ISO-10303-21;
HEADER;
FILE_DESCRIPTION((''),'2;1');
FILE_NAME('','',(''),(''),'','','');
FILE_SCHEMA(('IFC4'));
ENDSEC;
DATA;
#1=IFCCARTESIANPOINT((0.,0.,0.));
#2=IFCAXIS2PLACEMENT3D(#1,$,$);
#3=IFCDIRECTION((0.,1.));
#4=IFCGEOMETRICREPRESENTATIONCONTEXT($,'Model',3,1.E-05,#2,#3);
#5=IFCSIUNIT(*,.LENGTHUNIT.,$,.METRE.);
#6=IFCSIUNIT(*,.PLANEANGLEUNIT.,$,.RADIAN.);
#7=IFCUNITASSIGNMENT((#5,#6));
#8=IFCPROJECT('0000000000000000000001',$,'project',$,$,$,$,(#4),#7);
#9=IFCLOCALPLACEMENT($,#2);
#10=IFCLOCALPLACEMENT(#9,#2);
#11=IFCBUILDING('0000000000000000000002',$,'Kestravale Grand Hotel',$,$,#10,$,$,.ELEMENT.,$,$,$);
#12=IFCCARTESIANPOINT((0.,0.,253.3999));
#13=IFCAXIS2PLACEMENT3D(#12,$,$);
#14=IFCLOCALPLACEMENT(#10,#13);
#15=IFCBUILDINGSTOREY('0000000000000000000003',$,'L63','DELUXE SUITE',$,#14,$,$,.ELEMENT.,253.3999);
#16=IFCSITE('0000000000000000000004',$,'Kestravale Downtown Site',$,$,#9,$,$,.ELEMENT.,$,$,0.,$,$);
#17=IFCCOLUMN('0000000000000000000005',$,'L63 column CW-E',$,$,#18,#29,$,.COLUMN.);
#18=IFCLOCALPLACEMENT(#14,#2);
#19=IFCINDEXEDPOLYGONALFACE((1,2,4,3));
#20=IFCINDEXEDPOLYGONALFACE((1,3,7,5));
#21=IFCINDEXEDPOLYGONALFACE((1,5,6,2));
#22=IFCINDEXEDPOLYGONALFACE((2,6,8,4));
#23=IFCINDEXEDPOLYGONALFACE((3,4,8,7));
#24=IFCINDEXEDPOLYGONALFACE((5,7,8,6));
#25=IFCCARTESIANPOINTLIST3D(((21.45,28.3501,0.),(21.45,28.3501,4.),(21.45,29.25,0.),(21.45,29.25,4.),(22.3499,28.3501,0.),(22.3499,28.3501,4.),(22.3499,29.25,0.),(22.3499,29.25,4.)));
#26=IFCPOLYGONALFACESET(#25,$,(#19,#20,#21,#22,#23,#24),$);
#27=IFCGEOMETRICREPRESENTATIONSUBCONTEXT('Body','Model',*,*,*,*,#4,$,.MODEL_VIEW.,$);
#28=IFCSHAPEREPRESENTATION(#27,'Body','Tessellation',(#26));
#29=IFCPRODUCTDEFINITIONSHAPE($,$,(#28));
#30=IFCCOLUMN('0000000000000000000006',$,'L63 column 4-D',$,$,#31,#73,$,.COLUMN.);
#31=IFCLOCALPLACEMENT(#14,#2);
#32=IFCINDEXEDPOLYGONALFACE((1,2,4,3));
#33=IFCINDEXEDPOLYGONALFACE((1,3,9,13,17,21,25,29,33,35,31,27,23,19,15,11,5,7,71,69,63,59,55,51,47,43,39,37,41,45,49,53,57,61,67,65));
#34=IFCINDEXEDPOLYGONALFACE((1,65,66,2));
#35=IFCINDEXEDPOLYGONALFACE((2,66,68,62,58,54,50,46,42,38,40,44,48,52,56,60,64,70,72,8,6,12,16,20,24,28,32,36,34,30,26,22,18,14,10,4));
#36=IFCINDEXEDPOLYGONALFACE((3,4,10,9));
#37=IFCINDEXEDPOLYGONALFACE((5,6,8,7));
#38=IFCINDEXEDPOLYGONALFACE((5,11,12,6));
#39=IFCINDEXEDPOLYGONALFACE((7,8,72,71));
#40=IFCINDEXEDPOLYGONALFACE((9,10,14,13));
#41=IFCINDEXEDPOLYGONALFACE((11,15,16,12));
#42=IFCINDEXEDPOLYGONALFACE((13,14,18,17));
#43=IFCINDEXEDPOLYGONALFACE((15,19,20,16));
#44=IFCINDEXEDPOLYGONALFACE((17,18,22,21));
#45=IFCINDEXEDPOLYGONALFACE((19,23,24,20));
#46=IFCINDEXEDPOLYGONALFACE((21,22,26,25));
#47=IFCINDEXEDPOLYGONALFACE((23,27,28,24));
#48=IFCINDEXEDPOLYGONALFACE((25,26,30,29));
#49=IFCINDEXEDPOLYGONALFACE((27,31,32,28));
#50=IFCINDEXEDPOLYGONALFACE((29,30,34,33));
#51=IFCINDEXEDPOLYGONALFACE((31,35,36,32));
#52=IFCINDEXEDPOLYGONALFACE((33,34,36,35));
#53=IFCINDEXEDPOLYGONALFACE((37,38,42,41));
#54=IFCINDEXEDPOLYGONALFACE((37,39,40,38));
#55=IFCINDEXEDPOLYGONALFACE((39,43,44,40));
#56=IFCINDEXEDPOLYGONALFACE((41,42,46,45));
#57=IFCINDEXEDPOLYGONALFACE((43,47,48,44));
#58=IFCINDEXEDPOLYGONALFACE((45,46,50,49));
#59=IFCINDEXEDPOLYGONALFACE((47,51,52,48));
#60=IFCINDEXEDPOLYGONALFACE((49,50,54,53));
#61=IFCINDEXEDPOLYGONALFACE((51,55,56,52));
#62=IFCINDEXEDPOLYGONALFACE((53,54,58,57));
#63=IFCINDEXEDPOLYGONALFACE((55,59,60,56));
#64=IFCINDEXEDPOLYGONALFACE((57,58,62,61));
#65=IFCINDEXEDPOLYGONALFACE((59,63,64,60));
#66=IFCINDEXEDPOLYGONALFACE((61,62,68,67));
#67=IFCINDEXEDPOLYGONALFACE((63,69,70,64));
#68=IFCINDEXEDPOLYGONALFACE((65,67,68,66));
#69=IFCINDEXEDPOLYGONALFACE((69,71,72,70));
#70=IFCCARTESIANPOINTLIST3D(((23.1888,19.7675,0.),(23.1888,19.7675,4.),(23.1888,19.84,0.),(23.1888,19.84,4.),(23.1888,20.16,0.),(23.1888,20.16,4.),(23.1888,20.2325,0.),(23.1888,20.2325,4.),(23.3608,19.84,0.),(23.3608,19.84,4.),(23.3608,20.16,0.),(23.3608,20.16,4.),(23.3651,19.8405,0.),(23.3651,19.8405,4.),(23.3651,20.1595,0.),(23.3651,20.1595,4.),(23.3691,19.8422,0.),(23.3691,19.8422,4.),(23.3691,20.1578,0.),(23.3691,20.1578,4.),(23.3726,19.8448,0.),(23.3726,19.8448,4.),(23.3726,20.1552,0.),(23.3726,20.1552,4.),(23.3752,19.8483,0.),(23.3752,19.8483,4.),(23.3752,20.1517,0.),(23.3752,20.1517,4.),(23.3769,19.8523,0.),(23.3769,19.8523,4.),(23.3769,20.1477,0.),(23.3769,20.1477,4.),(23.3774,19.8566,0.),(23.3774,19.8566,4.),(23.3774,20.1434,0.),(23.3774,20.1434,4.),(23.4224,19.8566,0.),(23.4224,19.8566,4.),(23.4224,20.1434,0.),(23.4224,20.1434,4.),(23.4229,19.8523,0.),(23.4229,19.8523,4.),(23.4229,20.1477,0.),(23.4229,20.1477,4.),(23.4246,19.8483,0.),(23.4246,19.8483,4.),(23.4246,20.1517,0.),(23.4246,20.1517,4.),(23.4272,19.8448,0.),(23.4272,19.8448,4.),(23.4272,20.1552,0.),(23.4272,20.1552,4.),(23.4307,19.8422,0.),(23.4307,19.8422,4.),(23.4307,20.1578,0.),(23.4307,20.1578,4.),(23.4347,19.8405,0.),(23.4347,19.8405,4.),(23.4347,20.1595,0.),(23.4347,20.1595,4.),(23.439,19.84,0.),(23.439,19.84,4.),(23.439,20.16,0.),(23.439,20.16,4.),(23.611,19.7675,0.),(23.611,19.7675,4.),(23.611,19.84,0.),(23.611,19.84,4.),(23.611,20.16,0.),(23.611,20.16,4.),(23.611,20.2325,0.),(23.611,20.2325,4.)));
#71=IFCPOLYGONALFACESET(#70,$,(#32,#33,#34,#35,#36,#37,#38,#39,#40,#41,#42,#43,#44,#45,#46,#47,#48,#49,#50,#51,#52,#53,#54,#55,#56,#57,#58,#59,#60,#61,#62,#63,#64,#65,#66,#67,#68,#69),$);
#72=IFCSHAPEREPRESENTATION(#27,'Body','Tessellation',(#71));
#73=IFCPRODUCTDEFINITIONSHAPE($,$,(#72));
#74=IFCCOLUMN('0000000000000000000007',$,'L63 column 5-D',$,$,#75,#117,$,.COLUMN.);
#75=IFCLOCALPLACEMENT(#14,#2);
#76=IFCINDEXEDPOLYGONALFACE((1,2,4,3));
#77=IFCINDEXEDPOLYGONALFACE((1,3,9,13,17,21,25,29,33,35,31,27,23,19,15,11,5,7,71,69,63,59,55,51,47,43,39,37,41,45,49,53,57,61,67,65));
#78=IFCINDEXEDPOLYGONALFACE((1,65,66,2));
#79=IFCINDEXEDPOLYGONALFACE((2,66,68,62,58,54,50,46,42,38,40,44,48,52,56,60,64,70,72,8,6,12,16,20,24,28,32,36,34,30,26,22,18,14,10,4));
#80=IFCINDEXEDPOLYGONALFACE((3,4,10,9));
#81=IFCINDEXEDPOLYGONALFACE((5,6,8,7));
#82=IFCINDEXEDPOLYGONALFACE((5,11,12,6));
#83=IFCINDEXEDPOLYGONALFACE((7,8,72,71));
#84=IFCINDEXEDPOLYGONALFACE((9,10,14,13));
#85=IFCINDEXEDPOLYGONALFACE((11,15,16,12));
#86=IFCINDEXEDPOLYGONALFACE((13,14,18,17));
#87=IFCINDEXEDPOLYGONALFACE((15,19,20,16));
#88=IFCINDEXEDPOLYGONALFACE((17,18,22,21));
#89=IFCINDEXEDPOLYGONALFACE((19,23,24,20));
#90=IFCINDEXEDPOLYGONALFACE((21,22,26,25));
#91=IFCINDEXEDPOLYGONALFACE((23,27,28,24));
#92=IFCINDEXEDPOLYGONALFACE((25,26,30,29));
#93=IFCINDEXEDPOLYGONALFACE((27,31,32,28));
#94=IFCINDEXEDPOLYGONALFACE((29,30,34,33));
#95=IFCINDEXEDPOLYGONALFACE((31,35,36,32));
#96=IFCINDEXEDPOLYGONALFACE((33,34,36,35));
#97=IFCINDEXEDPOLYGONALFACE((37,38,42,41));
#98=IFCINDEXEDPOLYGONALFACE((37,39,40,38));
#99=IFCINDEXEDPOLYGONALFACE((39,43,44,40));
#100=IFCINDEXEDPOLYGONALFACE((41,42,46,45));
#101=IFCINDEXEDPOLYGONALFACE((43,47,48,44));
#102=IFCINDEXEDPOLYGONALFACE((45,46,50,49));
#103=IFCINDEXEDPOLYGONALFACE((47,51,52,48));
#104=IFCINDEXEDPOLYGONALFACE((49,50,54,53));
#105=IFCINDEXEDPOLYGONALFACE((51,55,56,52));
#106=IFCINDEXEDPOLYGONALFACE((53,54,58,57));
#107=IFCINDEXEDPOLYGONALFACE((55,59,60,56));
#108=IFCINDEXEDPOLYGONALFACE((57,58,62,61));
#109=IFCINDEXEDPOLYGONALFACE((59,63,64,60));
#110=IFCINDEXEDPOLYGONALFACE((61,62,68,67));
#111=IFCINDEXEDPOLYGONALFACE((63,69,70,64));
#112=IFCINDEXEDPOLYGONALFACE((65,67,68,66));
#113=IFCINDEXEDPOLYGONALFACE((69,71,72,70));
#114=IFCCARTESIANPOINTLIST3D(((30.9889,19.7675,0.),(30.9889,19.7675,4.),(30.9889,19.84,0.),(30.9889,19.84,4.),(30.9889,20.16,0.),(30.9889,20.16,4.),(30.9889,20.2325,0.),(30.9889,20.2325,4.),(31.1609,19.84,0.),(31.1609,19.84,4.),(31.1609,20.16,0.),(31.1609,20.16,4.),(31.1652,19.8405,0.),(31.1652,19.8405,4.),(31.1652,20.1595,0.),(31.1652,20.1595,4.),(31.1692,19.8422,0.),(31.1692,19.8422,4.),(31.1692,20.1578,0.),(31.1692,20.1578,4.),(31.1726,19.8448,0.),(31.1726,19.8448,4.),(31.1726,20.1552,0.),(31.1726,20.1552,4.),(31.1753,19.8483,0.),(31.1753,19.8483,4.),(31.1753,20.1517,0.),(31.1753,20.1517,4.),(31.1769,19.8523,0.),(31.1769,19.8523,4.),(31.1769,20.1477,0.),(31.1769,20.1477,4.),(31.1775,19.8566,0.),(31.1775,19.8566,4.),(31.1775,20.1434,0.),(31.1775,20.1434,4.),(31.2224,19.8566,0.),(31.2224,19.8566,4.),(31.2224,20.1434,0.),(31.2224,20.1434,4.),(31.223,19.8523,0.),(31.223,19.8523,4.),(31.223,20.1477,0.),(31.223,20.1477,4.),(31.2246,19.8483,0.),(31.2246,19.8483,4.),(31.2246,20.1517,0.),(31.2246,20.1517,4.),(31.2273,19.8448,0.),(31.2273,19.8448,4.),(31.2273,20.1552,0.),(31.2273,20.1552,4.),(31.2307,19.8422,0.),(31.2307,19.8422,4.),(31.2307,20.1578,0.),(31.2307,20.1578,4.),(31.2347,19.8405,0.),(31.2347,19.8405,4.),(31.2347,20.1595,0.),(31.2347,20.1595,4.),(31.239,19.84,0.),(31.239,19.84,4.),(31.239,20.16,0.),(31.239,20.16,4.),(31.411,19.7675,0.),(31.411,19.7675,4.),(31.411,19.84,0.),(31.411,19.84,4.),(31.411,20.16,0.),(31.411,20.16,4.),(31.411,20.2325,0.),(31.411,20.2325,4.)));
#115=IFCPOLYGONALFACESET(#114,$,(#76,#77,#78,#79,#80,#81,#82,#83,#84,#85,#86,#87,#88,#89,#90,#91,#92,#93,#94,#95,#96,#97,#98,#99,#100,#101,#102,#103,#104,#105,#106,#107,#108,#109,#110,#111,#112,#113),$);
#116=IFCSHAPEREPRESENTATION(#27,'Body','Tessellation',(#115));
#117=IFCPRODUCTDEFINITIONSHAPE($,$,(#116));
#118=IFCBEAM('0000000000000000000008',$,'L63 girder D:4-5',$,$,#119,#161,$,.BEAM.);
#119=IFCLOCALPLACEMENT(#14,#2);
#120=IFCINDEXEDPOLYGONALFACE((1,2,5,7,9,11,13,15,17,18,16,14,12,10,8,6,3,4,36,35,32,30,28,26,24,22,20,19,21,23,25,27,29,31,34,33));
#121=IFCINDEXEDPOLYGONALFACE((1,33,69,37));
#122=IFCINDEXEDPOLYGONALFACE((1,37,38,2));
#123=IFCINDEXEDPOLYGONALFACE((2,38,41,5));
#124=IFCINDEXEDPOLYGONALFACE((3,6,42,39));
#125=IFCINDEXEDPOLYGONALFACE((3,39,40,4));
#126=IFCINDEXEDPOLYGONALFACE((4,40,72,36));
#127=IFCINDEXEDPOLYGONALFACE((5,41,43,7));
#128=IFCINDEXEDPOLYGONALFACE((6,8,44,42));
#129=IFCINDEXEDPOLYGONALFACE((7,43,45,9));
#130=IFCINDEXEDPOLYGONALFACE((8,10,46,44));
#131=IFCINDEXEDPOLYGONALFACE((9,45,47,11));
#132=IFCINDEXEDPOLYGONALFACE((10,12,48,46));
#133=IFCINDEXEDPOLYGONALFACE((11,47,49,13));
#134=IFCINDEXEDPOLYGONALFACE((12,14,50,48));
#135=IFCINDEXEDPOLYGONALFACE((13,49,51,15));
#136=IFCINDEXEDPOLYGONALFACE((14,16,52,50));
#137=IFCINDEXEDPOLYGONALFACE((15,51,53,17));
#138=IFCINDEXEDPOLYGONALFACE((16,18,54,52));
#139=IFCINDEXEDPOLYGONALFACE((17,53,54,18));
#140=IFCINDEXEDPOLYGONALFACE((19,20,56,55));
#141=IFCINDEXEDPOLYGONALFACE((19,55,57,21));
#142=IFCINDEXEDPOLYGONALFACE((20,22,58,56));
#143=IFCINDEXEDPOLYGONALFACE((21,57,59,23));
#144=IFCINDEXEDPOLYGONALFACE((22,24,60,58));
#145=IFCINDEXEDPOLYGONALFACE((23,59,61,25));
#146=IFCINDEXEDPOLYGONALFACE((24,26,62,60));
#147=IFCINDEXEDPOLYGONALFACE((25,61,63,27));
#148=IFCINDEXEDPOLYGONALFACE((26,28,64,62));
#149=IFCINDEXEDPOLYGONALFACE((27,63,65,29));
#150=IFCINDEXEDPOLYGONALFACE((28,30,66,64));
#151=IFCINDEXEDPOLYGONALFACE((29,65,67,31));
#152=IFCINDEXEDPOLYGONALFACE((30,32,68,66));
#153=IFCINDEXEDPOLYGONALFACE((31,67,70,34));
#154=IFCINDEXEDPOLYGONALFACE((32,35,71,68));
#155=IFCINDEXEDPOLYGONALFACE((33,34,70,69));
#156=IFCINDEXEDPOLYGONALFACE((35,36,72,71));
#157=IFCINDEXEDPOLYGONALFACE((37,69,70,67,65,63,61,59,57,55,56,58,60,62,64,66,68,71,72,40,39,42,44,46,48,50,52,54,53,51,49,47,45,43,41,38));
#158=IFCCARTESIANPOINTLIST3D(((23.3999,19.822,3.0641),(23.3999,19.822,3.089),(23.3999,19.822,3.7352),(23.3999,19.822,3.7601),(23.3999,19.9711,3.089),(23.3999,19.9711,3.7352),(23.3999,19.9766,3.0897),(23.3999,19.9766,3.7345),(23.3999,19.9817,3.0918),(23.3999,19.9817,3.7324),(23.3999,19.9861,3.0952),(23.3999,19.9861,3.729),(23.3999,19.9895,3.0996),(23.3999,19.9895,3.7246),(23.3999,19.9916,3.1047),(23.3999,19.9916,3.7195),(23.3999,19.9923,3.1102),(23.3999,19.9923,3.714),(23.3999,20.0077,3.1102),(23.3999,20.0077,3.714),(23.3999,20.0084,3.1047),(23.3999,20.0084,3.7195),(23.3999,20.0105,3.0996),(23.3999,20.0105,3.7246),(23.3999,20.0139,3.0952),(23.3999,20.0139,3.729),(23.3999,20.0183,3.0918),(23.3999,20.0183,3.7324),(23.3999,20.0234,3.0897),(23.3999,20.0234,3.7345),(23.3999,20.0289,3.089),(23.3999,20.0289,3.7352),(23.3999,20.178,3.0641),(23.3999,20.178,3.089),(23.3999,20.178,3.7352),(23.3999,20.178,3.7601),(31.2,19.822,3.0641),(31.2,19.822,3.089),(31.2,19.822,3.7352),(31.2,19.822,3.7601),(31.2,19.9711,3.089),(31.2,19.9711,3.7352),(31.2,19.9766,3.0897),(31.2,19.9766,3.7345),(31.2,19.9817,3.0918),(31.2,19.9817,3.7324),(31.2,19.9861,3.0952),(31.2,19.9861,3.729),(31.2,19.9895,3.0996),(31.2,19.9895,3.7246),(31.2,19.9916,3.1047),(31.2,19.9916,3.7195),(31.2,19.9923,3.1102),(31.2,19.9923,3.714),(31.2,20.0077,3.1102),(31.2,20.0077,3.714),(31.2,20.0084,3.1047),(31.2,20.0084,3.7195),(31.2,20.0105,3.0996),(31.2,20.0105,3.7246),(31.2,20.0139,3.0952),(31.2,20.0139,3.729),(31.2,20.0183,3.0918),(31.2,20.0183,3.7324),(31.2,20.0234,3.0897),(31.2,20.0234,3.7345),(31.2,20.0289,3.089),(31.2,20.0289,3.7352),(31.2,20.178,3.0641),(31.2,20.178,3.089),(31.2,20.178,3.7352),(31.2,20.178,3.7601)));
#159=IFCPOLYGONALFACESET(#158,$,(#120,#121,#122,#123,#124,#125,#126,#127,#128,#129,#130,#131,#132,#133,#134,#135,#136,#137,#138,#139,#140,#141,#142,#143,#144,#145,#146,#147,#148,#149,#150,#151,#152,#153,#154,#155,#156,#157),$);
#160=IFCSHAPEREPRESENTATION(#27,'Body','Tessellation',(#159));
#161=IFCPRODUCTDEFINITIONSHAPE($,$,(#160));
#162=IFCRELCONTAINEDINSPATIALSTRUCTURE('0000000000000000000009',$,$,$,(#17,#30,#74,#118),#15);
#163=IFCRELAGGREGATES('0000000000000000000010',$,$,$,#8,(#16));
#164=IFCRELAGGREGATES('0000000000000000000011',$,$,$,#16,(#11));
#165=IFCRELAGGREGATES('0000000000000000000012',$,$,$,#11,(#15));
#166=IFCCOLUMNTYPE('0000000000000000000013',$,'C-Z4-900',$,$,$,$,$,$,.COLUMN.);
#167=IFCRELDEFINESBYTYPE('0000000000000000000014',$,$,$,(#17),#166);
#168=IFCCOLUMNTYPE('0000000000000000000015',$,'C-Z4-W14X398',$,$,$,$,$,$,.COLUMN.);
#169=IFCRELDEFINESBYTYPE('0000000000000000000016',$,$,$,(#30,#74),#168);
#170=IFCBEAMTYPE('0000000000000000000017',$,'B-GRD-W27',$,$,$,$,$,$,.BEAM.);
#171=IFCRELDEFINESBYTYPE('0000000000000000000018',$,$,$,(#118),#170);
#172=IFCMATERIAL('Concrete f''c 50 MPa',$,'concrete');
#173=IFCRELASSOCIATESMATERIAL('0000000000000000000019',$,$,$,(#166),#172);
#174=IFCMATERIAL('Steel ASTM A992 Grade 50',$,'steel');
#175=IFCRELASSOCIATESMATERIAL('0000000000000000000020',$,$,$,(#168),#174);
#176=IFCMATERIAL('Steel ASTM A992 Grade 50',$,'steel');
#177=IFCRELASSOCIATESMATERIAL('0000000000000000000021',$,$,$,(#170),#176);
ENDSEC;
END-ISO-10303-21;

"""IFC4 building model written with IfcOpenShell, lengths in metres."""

from ifc_helpers import new_model, si_unit, direction, frame, origin, origin_2d, place, context, subcontext, project, spatial, rectangle, i_section, extrude, material, material_profile, profile_set, type_object, element, save


model = new_model("IFC4")

# Units and contexts
model_context = context("Model", 3, precision=1e-05, world=origin(), true_north=direction((0.0, 1.0)))
body_context = subcontext(model_context, "Body", "Model", "MODEL_VIEW")
ifc_project = project(units=[si_unit("LENGTHUNIT", "METRE"), si_unit("PLANEANGLEUNIT", "RADIAN")], contexts=[model_context])

# Site, building, storey
site_placement = place(None, origin())
site = spatial("IfcSite", under=ifc_project, at=site_placement, Name="Kestravale Downtown Site", CompositionType="ELEMENT", RefElevation=0.0)
building_placement = place(site_placement, origin())
building = spatial("IfcBuilding", under=site, at=building_placement, Name="Kestravale Grand Hotel", CompositionType="ELEMENT")
storey_placement = place(building_placement, frame((0.0, 0.0, 253.3999)))
storey = spatial("IfcBuildingStorey", under=building, at=storey_placement, Name="L63", Description="DELUXE SUITE", CompositionType="ELEMENT", Elevation=253.3999)

# Columns
ifc_material_1 = material(Name="Concrete f'c 50 MPa", Category="concrete")
ifc_material_profile_1 = material_profile(ifc_material_1, rectangle(XDim=0.8999, YDim=0.8999, at=origin_2d()))
ifc_profile_set_1 = profile_set([ifc_material_profile_1], Name="Concrete f'c 50 MPa")
column_type_1 = type_object("IfcColumnType", Name="C-Z4-900", PredefinedType="COLUMN", material=ifc_profile_set_1)
column_placement = place(storey_placement, frame((21.8999, 28.8, 0.0), z_axis=(0.0, 0.0, 1.0), x_axis=(1.0, 0.0, 0.0)))
element("IfcColumn", 1, at=column_placement, inside=storey, type_object=column_type_1, Name="L63 column CW-E", PredefinedType="COLUMN", context=body_context, shape_type="SweptSolid", body=[
    extrude(rectangle(XDim=0.8999, YDim=0.8999, at=origin_2d()), origin(), (0.0, 0.0, 1.0), 4.0),
])
ifc_material_2 = material(Name="Steel ASTM A992 Grade 50", Category="steel")
ifc_material_profile_2 = material_profile(ifc_material_2, i_section(OverallWidth=0.4221, OverallDepth=0.4651, WebThickness=0.0449, FlangeThickness=0.0725, FilletRadius=0.0166, at=origin_2d()))
ifc_profile_set_2 = profile_set([ifc_material_profile_2], Name="Steel ASTM A992 Grade 50")
column_type_2 = type_object("IfcColumnType", Name="C-Z4-W14X398", PredefinedType="COLUMN", material=ifc_profile_set_2)
for number, where, z_axis, x_axis, name in (
    (2, (23.3999, 20.0, 0.0), (0.0, 0.0, 1.0), (1.0, 0.0, 0.0), "L63 column 4-D"),
    (3, (31.2, 20.0, 0.0), (0.0, 0.0, 1.0), (1.0, 0.0, 0.0), "L63 column 5-D"),
):
    element("IfcColumn", number, at=place(storey_placement, frame(where, z_axis=z_axis, x_axis=x_axis)), inside=storey, type_object=column_type_2, Name=name, PredefinedType="COLUMN", context=body_context, shape_type="SweptSolid", body=[
        extrude(i_section(OverallWidth=0.4221, OverallDepth=0.4651, WebThickness=0.0449, FlangeThickness=0.0725, FilletRadius=0.0166, at=origin_2d()), origin(), (0.0, 0.0, 1.0), 4.0),
    ])

# Beam
ifc_material_3 = material(Name="Steel ASTM A992 Grade 50", Category="steel")
ifc_material_profile_3 = material_profile(ifc_material_3, i_section(OverallWidth=0.356, OverallDepth=0.696, WebThickness=0.0154, FlangeThickness=0.0249, FilletRadius=0.0212, at=origin_2d()))
ifc_profile_set_3 = profile_set([ifc_material_profile_3], Name="Steel ASTM A992 Grade 50")
beam_type = type_object("IfcBeamType", Name="B-GRD-W27", PredefinedType="BEAM", material=ifc_profile_set_3)
beam_1_placement = place(storey_placement, frame((23.3999, 20.0, 3.4121), z_axis=(1.0, 0.0, 0.0), x_axis=(0.0, 1.0, 0.0)))
element("IfcBeam", 4, at=beam_1_placement, inside=storey, type_object=beam_type, Name="L63 girder D:4-5", PredefinedType="BEAM", context=body_context, shape_type="SweptSolid", body=[
    extrude(i_section(OverallWidth=0.356, OverallDepth=0.696, WebThickness=0.0154, FlangeThickness=0.0249, FilletRadius=0.0212, at=origin_2d()), origin(), (0.0, 0.0, 1.0), 7.8),
])

save(model, "model.ifc")
